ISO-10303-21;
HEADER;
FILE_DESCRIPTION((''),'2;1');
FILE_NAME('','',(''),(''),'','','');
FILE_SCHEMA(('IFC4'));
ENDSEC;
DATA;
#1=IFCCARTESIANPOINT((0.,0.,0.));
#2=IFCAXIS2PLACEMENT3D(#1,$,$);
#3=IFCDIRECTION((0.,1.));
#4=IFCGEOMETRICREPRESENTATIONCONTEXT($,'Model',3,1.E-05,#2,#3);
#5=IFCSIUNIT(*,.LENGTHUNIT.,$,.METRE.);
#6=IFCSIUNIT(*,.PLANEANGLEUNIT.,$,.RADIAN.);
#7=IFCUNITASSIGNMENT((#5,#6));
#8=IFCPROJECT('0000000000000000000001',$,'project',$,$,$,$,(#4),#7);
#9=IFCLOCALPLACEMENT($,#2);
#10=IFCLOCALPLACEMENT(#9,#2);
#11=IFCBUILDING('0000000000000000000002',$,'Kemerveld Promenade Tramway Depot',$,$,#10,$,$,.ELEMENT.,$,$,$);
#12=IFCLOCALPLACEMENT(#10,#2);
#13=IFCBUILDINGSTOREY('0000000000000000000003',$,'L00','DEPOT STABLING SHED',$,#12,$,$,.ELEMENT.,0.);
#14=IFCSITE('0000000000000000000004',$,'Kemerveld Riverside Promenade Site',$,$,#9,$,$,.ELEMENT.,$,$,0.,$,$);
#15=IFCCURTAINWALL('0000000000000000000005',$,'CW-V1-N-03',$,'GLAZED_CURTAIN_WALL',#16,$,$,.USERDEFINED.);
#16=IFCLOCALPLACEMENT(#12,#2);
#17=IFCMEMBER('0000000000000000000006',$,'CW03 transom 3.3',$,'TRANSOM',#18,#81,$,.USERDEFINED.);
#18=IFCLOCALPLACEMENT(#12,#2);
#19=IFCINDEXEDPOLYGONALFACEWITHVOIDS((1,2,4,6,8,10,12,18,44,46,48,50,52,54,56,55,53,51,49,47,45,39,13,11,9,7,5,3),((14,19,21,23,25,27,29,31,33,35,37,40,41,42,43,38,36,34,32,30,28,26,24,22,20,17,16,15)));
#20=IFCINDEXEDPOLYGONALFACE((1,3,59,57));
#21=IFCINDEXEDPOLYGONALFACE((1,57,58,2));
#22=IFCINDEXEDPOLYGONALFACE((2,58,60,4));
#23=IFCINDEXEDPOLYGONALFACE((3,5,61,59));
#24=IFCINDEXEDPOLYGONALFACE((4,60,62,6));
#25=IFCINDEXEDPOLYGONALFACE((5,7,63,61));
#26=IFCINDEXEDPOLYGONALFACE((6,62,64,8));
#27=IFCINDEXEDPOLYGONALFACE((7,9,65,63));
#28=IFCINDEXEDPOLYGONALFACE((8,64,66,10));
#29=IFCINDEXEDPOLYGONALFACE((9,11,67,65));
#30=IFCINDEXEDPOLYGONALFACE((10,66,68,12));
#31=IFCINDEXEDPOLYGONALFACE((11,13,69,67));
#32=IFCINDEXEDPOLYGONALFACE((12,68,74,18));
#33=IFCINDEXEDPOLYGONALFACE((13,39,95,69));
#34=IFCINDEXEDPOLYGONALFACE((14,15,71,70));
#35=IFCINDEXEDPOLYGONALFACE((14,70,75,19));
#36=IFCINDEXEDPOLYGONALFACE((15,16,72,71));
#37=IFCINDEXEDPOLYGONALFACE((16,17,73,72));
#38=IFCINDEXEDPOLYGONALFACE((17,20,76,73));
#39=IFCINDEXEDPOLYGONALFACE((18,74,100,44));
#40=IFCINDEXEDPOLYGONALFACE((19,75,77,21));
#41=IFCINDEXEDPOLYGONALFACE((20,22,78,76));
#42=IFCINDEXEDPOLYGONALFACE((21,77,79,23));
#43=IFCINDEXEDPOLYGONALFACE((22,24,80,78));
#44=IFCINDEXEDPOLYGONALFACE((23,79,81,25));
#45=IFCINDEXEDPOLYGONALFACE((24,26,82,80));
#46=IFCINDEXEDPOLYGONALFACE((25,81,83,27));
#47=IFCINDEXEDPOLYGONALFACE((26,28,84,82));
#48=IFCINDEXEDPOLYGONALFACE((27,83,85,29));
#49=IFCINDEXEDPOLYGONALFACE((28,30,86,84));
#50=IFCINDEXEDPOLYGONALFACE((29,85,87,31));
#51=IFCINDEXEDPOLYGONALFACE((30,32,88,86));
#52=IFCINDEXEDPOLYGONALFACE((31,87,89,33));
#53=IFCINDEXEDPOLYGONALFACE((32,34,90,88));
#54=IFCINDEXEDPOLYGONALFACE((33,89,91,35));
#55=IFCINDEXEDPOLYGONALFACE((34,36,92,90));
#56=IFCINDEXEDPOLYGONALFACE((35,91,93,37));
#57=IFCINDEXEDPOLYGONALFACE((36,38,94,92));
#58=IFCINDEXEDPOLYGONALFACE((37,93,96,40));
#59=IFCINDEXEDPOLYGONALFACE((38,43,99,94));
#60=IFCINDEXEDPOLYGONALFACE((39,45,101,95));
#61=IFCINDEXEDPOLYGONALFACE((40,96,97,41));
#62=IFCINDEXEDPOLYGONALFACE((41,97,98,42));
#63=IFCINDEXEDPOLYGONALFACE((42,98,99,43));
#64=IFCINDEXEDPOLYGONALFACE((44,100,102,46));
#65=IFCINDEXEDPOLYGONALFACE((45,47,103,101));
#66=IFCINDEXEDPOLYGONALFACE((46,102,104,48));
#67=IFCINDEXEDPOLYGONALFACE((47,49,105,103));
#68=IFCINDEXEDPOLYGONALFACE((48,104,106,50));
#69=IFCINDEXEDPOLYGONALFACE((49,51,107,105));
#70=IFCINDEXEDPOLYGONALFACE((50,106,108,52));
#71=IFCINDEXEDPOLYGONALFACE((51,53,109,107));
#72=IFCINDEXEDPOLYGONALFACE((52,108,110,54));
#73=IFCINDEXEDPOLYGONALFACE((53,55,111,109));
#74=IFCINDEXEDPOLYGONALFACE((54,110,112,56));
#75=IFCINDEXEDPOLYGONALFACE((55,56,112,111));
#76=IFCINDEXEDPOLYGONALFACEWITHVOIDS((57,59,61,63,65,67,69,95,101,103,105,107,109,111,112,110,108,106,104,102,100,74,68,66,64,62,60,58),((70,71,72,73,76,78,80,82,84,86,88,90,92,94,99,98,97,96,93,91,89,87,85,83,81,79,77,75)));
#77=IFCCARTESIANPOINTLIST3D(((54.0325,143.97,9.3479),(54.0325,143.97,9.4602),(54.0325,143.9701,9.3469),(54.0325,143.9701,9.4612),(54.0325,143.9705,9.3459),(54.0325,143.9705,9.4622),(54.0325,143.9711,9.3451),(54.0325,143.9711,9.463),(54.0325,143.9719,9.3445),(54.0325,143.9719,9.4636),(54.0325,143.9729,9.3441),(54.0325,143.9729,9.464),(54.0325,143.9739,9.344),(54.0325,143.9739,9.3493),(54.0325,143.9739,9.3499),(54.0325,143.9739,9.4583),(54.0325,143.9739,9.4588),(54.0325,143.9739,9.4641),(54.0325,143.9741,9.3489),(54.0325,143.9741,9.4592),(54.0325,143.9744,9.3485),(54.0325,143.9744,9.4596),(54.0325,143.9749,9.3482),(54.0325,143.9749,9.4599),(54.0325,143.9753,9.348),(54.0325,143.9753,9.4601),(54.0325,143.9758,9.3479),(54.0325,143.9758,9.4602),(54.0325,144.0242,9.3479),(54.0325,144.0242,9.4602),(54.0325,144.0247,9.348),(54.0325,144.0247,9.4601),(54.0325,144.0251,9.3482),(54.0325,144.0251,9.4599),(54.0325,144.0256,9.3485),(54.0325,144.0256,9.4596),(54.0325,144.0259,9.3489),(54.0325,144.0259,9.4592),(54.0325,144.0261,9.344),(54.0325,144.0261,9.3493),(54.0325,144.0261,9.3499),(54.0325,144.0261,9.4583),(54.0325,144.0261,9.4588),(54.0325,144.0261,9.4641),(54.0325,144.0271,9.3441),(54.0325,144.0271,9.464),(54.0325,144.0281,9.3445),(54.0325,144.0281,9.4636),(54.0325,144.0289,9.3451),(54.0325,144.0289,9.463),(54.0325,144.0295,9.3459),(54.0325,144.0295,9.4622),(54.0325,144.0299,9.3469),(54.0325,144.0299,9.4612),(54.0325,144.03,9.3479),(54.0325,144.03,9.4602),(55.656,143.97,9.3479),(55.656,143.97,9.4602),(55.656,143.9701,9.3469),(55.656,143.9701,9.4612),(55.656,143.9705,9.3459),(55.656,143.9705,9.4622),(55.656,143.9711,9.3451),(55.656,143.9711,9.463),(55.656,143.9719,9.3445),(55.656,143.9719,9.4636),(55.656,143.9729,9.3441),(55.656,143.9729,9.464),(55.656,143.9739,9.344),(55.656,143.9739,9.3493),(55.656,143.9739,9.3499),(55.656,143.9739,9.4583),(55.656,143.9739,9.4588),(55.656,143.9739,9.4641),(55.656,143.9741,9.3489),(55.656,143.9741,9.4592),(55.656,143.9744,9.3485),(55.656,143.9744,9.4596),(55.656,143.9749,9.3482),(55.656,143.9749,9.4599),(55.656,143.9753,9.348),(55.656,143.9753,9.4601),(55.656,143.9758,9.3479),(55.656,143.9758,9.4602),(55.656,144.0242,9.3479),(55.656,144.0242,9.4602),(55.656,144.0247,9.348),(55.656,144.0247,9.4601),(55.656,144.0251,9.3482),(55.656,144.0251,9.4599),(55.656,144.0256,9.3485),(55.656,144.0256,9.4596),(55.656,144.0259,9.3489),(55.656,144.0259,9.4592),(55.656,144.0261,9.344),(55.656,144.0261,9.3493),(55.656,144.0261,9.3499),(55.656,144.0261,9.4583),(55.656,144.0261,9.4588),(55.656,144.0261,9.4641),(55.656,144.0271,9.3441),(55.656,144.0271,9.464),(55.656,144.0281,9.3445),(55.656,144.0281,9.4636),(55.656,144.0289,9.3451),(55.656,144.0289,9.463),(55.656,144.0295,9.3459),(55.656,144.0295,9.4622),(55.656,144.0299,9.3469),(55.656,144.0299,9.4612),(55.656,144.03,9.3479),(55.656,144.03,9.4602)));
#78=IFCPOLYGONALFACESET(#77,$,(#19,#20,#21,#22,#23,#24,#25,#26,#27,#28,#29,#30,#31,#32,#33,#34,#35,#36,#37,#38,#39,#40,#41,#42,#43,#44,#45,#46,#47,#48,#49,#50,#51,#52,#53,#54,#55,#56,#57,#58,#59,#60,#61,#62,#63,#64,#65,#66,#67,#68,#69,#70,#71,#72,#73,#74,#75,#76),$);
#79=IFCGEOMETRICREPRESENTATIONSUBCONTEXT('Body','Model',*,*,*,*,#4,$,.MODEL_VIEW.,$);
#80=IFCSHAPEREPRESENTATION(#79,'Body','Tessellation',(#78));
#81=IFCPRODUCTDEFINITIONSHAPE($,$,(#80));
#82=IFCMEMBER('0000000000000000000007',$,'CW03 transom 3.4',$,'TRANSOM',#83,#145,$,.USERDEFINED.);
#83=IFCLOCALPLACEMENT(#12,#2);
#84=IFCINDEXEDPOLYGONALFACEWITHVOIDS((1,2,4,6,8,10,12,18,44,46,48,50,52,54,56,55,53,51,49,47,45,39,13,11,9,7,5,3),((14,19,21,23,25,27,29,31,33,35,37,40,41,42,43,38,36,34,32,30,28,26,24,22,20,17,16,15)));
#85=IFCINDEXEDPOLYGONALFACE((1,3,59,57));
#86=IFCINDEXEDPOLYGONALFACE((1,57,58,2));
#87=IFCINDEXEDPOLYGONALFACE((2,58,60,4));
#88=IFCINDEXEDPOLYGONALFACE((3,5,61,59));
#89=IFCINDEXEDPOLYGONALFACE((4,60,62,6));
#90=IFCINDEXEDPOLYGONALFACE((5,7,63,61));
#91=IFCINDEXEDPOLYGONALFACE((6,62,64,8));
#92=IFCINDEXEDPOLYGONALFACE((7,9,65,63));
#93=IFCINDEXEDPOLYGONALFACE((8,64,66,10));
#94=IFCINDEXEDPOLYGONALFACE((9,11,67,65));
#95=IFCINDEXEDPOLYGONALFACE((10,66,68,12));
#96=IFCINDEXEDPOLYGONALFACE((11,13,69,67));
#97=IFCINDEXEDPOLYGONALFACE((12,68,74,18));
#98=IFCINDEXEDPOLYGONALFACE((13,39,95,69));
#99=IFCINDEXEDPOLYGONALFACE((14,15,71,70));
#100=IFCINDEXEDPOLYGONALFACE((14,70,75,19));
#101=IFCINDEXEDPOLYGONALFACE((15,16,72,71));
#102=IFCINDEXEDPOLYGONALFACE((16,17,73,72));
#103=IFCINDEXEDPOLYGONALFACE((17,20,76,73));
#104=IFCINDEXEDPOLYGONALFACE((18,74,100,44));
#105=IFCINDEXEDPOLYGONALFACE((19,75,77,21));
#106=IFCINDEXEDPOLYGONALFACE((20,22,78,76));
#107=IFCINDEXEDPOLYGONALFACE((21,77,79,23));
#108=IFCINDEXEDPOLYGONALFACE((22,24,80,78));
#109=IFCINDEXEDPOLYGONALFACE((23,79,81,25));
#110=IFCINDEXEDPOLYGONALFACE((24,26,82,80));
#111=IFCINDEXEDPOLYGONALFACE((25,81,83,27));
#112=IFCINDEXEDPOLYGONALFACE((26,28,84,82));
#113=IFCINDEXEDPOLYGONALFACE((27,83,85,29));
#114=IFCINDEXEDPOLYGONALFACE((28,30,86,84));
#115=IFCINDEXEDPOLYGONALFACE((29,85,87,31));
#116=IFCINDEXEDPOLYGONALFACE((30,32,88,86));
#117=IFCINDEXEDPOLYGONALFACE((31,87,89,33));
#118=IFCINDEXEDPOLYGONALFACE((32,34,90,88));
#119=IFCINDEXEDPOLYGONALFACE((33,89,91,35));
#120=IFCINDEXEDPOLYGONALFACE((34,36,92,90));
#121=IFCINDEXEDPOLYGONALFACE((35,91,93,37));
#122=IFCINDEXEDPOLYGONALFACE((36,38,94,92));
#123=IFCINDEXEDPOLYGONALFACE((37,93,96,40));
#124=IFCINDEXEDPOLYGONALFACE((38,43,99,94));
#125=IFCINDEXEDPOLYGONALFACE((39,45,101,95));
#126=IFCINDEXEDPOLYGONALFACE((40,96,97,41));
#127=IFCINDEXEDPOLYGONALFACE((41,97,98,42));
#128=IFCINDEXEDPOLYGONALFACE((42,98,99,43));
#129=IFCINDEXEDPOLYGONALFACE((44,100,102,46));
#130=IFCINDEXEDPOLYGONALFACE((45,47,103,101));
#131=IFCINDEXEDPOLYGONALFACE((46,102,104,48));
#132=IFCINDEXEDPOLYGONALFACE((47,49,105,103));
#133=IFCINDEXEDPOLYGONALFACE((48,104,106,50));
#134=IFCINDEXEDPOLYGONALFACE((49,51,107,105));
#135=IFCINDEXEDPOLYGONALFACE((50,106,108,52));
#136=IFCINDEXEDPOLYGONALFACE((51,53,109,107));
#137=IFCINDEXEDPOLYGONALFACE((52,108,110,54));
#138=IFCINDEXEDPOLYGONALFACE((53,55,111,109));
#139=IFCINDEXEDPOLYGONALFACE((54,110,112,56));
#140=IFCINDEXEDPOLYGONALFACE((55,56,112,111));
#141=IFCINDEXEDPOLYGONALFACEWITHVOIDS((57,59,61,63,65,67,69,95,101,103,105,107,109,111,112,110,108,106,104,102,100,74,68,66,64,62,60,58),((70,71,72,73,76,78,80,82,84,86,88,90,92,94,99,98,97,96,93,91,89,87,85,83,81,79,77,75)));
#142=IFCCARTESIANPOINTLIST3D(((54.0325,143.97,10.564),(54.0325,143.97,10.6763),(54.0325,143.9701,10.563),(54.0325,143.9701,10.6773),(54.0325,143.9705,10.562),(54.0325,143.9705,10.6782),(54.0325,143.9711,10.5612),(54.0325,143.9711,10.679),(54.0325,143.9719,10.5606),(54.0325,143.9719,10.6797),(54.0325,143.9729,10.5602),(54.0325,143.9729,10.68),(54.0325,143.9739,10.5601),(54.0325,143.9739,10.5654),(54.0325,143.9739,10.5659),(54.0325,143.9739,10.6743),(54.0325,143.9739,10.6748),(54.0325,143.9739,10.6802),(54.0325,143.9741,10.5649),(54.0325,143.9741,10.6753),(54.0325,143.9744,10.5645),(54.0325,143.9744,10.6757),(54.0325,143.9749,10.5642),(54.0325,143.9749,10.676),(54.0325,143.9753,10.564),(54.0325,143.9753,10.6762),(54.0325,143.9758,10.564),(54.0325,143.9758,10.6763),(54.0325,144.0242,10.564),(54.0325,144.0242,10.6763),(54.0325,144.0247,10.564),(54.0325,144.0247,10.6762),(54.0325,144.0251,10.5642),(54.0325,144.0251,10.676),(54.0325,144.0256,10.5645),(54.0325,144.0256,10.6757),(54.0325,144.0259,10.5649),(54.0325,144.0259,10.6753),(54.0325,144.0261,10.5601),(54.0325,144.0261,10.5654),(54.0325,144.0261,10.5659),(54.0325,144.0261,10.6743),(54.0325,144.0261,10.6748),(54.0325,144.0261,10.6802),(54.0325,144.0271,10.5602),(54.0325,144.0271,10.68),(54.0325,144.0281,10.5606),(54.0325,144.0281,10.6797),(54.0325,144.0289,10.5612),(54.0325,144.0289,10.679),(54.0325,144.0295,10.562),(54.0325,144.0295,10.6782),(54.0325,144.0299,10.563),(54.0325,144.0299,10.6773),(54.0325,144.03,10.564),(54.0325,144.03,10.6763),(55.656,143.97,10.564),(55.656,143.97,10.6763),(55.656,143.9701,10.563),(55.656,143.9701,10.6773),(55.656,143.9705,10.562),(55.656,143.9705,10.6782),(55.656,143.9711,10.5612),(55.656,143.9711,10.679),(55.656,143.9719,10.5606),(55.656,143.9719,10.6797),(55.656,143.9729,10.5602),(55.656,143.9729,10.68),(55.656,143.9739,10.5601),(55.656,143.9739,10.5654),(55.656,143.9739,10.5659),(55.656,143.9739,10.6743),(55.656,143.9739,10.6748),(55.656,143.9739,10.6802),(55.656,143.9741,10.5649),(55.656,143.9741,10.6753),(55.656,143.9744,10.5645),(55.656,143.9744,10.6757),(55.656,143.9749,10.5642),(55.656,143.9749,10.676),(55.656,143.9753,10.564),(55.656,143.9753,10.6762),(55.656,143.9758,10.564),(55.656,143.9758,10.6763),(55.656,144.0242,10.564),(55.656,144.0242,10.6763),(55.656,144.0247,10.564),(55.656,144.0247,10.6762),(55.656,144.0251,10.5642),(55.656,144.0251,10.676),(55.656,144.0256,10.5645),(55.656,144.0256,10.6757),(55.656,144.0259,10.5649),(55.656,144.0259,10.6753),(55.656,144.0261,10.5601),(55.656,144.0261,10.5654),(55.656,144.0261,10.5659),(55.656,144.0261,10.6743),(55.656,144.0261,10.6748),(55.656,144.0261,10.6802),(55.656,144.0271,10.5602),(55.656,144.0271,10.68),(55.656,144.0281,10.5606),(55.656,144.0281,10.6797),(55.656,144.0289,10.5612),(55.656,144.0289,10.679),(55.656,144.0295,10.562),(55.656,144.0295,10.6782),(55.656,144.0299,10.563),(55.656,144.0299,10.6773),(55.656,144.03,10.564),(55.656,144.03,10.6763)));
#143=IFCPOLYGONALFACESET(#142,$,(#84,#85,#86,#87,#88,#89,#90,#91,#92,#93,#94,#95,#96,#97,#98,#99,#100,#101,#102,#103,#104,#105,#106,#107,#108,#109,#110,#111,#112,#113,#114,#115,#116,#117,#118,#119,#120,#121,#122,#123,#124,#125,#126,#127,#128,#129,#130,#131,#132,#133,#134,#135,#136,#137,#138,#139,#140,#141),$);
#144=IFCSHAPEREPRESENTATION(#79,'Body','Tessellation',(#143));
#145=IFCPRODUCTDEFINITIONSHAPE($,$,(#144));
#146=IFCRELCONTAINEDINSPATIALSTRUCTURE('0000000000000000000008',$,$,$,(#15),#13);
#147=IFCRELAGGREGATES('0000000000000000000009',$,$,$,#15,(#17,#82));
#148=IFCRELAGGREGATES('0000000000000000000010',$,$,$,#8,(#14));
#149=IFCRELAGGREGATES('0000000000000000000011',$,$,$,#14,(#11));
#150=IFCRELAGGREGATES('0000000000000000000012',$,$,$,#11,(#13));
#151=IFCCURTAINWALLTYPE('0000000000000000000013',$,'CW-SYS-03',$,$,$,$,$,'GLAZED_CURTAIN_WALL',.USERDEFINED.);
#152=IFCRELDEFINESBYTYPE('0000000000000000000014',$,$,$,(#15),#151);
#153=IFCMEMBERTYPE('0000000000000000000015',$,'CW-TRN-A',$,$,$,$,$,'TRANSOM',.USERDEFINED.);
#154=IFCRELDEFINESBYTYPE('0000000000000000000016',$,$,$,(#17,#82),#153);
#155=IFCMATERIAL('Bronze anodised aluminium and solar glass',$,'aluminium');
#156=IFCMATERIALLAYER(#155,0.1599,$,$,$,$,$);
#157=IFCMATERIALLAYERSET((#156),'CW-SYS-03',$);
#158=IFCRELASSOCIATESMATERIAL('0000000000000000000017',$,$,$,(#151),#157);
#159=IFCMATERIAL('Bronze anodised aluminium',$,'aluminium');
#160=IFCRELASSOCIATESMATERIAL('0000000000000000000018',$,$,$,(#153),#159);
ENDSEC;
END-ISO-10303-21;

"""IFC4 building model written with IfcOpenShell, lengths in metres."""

from ifc_helpers import new_model, si_unit, direction, frame, origin, origin_2d, place, context, subcontext, project, spatial, hollow_rectangle, extrude, material, layer, layer_set, material_profile, profile_set, type_object, element, aggregate, save


model = new_model("IFC4")

# Units and contexts
model_context = context("Model", 3, precision=1e-05, world=origin(), true_north=direction((0.0, 1.0)))
body_context = subcontext(model_context, "Body", "Model", "MODEL_VIEW")
ifc_project = project(units=[si_unit("LENGTHUNIT", "METRE"), si_unit("PLANEANGLEUNIT", "RADIAN")], contexts=[model_context])

# Site, building, storey
site_placement = place(None, origin())
site = spatial("IfcSite", under=ifc_project, at=site_placement, Name="Kemerveld Riverside Promenade Site", CompositionType="ELEMENT", RefElevation=0.0)
building_placement = place(site_placement, origin())
building = spatial("IfcBuilding", under=site, at=building_placement, Name="Kemerveld Promenade Tramway Depot", CompositionType="ELEMENT")
storey_placement = place(building_placement, origin())
storey = spatial("IfcBuildingStorey", under=building, at=storey_placement, Name="L00", Description="DEPOT STABLING SHED", CompositionType="ELEMENT", Elevation=0.0)

# Curtain wall, members
ifc_material_1 = material(Name="Bronze anodised aluminium and solar glass", Category="aluminium")
ifc_layer_1 = layer(ifc_material_1, 0.1599)
ifc_layer_set_1 = layer_set([ifc_layer_1], Name="CW-SYS-03")
curtain_wall_type_1 = type_object("IfcCurtainWallType", Name="CW-SYS-03", ElementType="GLAZED_CURTAIN_WALL", PredefinedType="USERDEFINED", material=ifc_layer_set_1)
curtain_wall_1_placement = place(storey_placement, origin())
curtain_wall_1 = element("IfcCurtainWall", 1, at=curtain_wall_1_placement, inside=storey, type_object=curtain_wall_type_1, Name="CW-V1-N-03", ObjectType="GLAZED_CURTAIN_WALL", PredefinedType="USERDEFINED")
ifc_material_2 = material(Name="Bronze anodised aluminium", Category="aluminium")
ifc_material_profile_1 = material_profile(ifc_material_2, hollow_rectangle(XDim=0.0601, YDim=0.1201, WallThickness=0.0039, InnerFilletRadius=0.002, OuterFilletRadius=0.0039, at=origin_2d()), Name="CW-TRN-120x60")
ifc_profile_set_1 = profile_set([ifc_material_profile_1], Name="Bronze anodised aluminium")
member_type_1 = type_object("IfcMemberType", Name="CW-TRN-A", ElementType="TRANSOM", PredefinedType="USERDEFINED", material=ifc_profile_set_1)
member_1_placement = place(storey_placement, frame((54.0325, 144.0, 9.4041), z_axis=(1.0, 0.0, 0.0), x_axis=(0.0, 1.0, 0.0)))
member_1 = element("IfcMember", 2, at=member_1_placement, type_object=member_type_1, Name="CW03 transom 3.3", ObjectType="TRANSOM", PredefinedType="USERDEFINED", context=body_context, shape_type="SweptSolid", body=[
    extrude(hollow_rectangle(XDim=0.0601, YDim=0.1201, WallThickness=0.0039, InnerFilletRadius=0.002, OuterFilletRadius=0.0039, at=origin_2d()), origin(), (0.0, 0.0, 1.0), 1.6235),
])
member_2_placement = place(storey_placement, frame((54.0325, 144.0, 10.6201), z_axis=(1.0, 0.0, 0.0), x_axis=(0.0, 1.0, 0.0)))
member_2 = element("IfcMember", 3, at=member_2_placement, type_object=member_type_1, Name="CW03 transom 3.4", ObjectType="TRANSOM", PredefinedType="USERDEFINED", context=body_context, shape_type="SweptSolid", body=[
    extrude(hollow_rectangle(XDim=0.0601, YDim=0.1201, WallThickness=0.0039, InnerFilletRadius=0.002, OuterFilletRadius=0.0039, at=origin_2d()), origin(), (0.0, 0.0, 1.0), 1.6235),
])

aggregate(curtain_wall_1, [member_1, member_2])

save(model, "model.ifc")
